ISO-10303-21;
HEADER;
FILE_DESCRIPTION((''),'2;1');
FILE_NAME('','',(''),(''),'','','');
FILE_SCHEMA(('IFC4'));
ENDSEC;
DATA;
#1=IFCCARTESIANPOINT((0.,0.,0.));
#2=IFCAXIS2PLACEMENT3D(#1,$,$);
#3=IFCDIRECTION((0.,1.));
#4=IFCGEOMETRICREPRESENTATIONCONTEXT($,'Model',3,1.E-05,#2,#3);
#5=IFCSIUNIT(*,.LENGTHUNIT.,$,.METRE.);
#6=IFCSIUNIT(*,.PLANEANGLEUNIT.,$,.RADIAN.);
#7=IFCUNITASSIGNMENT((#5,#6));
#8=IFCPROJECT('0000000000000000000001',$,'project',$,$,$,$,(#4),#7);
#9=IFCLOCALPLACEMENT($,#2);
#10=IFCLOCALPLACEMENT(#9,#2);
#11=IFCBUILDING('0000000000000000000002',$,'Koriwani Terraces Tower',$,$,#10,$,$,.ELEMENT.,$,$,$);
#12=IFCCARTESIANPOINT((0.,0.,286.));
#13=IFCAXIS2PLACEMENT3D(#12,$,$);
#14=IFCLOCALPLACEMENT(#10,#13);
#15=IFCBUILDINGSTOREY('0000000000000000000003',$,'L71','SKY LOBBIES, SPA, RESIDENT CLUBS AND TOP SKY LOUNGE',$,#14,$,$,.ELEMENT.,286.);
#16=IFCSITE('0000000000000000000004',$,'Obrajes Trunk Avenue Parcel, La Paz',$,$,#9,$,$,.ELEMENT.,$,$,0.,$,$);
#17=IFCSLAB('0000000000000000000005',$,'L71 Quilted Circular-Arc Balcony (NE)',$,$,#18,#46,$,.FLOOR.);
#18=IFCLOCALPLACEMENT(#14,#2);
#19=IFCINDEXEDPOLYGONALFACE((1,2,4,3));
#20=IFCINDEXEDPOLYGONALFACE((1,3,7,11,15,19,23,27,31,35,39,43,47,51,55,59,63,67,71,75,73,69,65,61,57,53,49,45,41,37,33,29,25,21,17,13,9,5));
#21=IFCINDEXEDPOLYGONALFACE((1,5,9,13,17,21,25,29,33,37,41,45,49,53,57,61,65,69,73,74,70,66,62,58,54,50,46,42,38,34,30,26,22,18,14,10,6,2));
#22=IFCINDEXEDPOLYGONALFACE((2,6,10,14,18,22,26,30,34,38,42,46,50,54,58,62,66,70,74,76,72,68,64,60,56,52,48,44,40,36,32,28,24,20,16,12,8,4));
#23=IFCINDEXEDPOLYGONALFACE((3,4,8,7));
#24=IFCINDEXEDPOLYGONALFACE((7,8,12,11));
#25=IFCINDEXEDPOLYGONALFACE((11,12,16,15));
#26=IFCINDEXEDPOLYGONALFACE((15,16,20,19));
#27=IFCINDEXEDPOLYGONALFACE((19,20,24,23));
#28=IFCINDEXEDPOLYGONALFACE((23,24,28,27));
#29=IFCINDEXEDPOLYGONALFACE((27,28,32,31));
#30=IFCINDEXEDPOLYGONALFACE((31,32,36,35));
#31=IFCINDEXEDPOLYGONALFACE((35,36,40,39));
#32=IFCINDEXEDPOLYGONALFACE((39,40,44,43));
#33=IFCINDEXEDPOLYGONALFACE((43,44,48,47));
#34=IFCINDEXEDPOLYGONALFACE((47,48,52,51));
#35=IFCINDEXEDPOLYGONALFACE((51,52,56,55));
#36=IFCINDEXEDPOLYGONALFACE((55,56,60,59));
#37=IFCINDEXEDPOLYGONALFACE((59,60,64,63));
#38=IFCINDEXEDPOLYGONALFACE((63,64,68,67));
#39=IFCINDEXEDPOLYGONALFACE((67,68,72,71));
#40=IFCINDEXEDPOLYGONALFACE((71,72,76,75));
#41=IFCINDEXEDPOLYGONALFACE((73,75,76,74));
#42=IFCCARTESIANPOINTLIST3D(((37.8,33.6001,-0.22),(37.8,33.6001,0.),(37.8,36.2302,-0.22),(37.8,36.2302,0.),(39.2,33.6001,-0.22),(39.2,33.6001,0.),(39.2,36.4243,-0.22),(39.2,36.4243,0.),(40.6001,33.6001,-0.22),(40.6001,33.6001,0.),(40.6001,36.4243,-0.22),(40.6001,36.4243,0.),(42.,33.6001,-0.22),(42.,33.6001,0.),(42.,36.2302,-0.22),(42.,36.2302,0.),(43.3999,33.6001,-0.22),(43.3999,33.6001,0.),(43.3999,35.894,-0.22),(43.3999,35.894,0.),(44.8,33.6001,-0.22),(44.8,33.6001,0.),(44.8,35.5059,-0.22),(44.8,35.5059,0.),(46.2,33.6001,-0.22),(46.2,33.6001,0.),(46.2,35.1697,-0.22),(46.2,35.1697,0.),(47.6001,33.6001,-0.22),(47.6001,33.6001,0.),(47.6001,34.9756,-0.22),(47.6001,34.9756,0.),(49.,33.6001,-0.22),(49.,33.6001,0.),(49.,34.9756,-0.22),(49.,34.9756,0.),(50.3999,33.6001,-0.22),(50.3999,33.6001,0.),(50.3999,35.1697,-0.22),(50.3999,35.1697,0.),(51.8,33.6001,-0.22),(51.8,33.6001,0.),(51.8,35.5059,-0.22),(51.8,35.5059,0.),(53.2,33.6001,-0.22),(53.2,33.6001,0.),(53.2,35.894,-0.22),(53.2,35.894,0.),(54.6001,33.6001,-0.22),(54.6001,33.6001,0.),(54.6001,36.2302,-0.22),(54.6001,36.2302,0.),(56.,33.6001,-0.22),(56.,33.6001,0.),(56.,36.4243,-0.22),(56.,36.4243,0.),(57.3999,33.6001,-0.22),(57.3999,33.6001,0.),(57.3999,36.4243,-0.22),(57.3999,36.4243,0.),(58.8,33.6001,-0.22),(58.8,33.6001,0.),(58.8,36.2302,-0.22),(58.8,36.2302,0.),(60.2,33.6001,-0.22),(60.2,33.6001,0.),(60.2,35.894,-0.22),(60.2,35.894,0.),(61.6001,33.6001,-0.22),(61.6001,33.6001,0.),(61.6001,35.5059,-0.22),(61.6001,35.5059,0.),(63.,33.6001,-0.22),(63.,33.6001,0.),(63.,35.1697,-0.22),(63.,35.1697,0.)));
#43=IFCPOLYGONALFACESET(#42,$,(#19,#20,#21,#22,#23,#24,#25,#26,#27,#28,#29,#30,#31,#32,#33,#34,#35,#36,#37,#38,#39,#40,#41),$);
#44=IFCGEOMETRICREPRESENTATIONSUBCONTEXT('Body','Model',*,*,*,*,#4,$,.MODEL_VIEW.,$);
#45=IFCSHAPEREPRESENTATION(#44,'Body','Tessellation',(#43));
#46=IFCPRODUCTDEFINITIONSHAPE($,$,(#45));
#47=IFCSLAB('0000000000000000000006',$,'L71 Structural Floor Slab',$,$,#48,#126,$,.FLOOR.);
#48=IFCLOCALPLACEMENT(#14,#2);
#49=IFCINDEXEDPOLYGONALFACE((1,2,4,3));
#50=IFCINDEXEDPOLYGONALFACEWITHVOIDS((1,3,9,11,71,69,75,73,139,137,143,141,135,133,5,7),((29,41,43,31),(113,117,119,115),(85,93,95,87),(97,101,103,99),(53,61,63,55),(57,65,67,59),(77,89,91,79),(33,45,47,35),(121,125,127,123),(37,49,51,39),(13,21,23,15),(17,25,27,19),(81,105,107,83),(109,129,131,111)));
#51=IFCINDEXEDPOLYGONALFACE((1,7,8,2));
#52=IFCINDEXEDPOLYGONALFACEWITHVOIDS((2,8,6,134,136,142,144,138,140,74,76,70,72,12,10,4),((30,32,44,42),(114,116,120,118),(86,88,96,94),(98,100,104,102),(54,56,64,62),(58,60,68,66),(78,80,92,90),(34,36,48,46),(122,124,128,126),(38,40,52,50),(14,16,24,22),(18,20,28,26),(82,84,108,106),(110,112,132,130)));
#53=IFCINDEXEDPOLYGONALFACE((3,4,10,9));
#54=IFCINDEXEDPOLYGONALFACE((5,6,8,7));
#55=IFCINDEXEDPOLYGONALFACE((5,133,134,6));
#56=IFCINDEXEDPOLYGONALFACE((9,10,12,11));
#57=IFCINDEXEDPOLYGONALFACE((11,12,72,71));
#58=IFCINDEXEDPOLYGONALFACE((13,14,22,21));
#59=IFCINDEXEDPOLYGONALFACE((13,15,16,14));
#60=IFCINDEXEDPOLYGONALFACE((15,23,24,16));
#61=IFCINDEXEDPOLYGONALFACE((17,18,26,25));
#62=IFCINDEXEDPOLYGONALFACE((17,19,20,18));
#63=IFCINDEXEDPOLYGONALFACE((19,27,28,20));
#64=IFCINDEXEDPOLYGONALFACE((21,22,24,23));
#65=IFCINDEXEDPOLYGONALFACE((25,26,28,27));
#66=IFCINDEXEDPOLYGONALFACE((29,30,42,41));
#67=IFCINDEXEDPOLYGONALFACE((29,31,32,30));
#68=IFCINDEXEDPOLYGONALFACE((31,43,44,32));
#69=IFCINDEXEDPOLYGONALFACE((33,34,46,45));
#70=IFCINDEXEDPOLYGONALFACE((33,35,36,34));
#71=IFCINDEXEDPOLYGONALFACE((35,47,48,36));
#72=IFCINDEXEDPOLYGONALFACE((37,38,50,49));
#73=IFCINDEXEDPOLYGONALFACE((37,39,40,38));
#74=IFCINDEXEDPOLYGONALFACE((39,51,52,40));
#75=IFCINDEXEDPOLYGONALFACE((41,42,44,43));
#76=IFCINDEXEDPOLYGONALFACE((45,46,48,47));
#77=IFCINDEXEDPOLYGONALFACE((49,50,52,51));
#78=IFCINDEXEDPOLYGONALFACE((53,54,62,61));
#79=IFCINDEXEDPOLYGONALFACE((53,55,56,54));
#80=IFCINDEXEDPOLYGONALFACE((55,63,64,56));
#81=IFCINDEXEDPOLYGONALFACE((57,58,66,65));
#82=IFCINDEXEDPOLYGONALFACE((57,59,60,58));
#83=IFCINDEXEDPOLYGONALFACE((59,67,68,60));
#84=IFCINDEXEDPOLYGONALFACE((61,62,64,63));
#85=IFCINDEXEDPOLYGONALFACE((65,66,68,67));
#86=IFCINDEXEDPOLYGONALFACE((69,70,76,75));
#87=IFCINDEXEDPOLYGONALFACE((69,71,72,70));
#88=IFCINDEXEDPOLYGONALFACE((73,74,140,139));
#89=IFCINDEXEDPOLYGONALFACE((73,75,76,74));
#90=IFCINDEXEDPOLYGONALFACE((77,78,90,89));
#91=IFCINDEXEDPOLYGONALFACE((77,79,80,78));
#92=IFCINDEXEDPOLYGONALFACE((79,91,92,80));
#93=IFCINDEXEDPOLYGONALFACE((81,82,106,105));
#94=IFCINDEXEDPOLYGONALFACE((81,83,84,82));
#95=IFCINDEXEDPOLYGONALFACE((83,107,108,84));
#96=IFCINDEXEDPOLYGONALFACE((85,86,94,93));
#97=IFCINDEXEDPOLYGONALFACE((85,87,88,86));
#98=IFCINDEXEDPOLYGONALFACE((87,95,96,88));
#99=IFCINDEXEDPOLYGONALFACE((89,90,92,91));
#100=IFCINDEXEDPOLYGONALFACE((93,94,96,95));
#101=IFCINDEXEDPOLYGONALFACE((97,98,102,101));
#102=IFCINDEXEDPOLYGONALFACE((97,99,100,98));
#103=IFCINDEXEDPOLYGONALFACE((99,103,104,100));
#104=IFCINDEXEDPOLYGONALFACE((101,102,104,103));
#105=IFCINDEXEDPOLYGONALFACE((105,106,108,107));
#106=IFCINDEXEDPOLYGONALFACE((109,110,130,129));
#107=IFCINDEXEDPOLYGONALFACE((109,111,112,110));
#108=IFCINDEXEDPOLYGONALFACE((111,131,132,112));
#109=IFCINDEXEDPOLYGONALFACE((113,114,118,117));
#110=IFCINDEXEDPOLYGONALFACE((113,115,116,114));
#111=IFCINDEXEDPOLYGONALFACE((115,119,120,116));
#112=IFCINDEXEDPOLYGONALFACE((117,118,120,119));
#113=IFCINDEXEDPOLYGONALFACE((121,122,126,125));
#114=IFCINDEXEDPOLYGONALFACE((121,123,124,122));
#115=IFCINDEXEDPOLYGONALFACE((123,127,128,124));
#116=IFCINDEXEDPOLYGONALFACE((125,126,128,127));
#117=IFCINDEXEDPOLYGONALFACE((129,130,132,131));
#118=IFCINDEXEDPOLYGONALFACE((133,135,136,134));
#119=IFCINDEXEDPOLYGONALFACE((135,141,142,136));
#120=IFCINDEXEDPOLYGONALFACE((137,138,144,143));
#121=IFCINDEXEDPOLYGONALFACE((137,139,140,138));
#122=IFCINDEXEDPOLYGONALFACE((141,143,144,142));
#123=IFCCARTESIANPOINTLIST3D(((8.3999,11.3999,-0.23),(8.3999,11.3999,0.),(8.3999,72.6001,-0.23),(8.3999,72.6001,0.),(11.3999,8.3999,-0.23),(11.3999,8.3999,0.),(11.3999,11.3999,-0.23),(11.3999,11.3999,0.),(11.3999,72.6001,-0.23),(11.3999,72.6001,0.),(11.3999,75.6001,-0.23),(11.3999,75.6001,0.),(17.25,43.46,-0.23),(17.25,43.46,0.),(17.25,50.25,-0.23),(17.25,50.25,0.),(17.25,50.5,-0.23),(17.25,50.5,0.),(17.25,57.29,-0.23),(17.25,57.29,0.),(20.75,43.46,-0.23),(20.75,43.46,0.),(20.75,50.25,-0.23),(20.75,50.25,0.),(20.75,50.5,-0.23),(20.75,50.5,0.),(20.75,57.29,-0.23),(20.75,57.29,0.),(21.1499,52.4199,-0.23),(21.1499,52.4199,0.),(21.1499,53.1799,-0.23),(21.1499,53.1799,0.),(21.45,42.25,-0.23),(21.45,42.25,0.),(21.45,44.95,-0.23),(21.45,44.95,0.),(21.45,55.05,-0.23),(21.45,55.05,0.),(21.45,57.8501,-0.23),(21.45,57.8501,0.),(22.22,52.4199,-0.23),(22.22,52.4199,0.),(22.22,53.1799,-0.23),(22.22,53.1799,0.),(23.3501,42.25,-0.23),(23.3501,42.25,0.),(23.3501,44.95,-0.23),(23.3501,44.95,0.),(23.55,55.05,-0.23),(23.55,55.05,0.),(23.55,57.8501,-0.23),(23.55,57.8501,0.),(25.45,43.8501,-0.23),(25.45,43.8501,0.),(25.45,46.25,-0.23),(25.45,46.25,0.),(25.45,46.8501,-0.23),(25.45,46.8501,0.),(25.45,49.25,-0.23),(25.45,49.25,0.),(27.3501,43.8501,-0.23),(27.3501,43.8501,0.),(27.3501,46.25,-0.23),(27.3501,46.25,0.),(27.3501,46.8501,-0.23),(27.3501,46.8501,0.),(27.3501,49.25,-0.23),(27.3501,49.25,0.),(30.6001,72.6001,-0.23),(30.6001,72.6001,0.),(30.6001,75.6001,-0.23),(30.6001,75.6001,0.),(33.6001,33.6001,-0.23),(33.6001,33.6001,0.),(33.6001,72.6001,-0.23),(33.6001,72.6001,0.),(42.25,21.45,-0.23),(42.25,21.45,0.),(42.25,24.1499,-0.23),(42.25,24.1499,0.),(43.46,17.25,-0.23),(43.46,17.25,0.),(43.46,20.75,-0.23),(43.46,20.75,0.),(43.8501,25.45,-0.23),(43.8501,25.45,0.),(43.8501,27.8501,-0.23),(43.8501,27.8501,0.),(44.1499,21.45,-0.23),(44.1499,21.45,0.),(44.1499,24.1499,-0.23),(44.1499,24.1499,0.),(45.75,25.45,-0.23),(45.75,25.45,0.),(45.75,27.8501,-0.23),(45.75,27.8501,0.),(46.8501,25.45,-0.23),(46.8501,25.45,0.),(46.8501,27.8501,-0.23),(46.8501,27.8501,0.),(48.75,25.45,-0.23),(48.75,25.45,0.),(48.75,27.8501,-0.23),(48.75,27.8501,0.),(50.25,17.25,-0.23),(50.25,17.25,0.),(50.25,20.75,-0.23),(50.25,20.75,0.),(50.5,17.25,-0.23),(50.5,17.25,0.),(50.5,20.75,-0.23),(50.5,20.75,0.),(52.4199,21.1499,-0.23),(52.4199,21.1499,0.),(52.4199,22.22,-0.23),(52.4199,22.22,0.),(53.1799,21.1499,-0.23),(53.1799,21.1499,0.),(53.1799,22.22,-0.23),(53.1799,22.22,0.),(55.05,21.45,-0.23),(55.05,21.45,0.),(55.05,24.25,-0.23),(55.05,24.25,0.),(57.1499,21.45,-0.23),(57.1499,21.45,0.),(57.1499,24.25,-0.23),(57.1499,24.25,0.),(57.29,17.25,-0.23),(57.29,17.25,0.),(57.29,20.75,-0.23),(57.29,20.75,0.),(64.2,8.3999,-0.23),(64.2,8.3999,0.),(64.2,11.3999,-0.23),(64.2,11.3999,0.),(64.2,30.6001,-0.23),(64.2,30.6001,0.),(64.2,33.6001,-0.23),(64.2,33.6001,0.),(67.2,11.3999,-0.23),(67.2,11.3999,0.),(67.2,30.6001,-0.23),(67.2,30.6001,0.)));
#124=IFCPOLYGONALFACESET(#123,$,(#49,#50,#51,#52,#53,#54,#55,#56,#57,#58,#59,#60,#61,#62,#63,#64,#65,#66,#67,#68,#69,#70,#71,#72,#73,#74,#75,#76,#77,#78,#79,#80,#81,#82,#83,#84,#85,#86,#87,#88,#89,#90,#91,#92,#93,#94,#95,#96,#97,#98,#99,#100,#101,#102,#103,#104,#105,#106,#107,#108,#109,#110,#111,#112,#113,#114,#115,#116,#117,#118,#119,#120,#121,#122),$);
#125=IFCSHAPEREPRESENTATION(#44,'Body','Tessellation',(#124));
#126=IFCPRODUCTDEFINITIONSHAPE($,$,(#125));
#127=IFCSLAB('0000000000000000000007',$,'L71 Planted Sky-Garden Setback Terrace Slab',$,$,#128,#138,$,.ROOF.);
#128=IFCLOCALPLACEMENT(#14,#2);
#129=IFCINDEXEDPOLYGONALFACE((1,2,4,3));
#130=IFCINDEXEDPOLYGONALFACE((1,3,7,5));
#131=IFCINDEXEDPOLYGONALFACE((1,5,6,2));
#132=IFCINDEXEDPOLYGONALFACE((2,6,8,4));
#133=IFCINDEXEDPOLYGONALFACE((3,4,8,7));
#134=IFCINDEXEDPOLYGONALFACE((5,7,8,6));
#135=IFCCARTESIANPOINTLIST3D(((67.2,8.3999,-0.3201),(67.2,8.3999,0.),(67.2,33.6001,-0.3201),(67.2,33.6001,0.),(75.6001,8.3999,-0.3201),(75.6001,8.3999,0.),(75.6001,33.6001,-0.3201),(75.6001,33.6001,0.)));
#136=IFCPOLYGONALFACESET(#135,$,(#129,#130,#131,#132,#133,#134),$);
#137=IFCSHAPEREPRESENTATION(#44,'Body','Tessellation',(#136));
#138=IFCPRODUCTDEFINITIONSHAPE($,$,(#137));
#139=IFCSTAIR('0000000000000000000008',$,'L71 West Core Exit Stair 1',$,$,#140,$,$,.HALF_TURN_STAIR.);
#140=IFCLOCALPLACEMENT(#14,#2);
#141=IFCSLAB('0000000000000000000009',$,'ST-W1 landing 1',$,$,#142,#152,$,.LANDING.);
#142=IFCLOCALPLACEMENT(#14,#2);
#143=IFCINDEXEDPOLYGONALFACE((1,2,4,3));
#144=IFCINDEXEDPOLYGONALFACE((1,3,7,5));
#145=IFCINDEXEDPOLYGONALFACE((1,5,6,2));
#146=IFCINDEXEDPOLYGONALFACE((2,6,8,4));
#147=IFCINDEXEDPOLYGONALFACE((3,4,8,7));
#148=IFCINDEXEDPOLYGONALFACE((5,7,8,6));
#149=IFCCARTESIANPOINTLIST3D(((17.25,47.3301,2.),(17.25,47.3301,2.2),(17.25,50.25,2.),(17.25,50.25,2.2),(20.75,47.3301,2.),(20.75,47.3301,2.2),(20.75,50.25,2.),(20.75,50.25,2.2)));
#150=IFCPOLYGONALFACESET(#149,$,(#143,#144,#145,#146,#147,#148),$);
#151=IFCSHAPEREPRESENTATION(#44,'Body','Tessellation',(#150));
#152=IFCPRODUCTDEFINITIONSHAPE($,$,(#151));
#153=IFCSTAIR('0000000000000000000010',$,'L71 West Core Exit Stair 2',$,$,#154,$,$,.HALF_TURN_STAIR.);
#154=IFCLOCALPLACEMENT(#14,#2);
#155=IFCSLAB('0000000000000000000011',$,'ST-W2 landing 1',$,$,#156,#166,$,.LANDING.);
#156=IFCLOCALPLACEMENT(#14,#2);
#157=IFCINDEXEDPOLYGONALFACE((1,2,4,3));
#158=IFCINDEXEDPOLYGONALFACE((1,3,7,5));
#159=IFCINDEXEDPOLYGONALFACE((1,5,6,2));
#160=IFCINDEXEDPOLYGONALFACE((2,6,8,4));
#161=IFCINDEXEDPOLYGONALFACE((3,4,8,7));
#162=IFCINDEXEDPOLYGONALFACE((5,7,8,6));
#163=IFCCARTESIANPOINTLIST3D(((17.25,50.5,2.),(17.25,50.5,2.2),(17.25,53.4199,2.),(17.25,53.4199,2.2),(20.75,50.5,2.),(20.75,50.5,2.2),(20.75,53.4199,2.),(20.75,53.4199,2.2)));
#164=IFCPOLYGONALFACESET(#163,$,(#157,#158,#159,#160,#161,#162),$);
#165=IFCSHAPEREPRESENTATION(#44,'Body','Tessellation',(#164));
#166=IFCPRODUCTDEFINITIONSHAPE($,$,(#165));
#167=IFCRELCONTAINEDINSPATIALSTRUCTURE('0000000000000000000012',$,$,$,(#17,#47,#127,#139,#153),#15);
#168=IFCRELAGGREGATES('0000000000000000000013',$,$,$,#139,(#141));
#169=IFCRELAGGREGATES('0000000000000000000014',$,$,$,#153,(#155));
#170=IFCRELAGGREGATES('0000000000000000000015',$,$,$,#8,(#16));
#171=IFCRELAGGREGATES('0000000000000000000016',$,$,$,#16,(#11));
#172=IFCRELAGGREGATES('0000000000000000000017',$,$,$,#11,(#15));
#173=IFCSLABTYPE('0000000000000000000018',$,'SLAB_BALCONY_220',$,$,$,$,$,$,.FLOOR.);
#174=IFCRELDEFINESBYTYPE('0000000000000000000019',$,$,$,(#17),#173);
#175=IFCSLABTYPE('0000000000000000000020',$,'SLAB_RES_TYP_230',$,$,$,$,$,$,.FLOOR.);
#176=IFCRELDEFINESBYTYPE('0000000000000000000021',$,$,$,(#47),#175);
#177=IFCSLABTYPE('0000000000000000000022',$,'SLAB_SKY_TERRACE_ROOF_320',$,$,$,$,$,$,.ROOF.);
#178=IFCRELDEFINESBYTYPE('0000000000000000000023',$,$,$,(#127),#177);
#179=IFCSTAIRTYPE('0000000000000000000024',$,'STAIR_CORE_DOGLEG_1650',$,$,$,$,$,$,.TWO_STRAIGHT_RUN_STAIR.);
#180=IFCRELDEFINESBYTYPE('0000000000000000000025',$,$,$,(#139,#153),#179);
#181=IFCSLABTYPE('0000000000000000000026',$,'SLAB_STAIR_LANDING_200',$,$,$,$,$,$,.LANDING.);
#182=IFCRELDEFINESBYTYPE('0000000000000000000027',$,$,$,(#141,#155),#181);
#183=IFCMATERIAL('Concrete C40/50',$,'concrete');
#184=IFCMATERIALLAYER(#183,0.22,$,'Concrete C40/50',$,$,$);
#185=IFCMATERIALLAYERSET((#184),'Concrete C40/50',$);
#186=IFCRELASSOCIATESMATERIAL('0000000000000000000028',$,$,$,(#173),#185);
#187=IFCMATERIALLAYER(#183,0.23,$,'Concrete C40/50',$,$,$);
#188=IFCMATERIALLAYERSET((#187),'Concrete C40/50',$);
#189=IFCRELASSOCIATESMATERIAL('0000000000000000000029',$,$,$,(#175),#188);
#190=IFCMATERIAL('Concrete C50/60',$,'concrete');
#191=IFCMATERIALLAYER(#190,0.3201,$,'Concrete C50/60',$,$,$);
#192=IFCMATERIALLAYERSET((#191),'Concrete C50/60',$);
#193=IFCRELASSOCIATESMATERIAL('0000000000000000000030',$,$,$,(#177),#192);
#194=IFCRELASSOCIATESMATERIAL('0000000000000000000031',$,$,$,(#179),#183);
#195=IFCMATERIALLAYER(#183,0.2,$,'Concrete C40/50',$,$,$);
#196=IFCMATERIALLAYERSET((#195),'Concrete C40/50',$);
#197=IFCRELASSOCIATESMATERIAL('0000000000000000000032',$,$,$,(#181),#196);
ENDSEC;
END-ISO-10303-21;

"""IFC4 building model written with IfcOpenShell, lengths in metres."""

from ifc_helpers import new_model, si_unit, direction, frame, origin, place, context, subcontext, project, spatial, polyline, outline, extrude, material, layer, layer_set, type_object, element, aggregate, save


model = new_model("IFC4")

# Units and contexts
model_context = context("Model", 3, precision=1e-05, world=origin(), true_north=direction((0.0, 1.0)))
body_context = subcontext(model_context, "Body", "Model", "MODEL_VIEW")
ifc_project = project(units=[si_unit("LENGTHUNIT", "METRE"), si_unit("PLANEANGLEUNIT", "RADIAN")], contexts=[model_context])

# Site, building, storey
site_placement = place(None, origin())
site = spatial("IfcSite", under=ifc_project, at=site_placement, Name="Obrajes Trunk Avenue Parcel, La Paz", CompositionType="ELEMENT", RefElevation=0.0)
building_placement = place(site_placement, origin())
building = spatial("IfcBuilding", under=site, at=building_placement, Name="Koriwani Terraces Tower", CompositionType="ELEMENT")
storey_placement = place(building_placement, frame((0.0, 0.0, 286.0)))
storey = spatial("IfcBuildingStorey", under=building, at=storey_placement, Name="L71", Description="SKY LOBBIES, SPA, RESIDENT CLUBS AND TOP SKY LOUNGE", CompositionType="ELEMENT", Elevation=286.0)

# Shared definitions
ifc_material_1 = material(Name="Concrete C50/60", Category="concrete")

# Shared definitions
ifc_material_2 = material(Name="Concrete C40/50", Category="concrete")

# Slabs
ifc_layer_1 = layer(ifc_material_2, 0.22, Name="Concrete C40/50")
ifc_layer_set_1 = layer_set([ifc_layer_1], Name="Concrete C40/50")
slab_type_1 = type_object("IfcSlabType", Name="SLAB_BALCONY_220", PredefinedType="FLOOR", material=ifc_layer_set_1)
slab_1_placement = place(storey_placement, frame((0.0, 0.0, -0.22)))
element("IfcSlab", 1, at=slab_1_placement, inside=storey, type_object=slab_type_1, Name="L71 Quilted Circular-Arc Balcony (NE)", PredefinedType="FLOOR", context=body_context, shape_type="SweptSolid", body=[
    extrude(outline(polyline([(63.0, 33.6001), (61.6001, 33.6001), (60.2, 33.6001), (58.8, 33.6001), (57.3999, 33.6001), (56.0, 33.6001), (54.6001, 33.6001), (53.2, 33.6001), (51.8, 33.6001), (50.3999, 33.6001), (49.0, 33.6001), (47.6001, 33.6001), (46.2, 33.6001), (44.8, 33.6001), (43.3999, 33.6001), (42.0, 33.6001), (40.6001, 33.6001), (39.2, 33.6001), (37.8, 33.6001), (37.8, 36.2302), (39.2, 36.4243), (40.6001, 36.4243), (42.0, 36.2302), (43.3999, 35.894), (44.8, 35.5059), (46.2, 35.1697), (47.6001, 34.9756), (49.0, 34.9756), (50.3999, 35.1697), (51.8, 35.5059), (53.2, 35.894), (54.6001, 36.2302), (56.0, 36.4243), (57.3999, 36.4243), (58.8, 36.2302), (60.2, 35.894), (61.6001, 35.5059), (63.0, 35.1697), (63.0, 33.6001)])), origin(), (0.0, 0.0, 1.0), 0.22),
])
ifc_layer_2 = layer(ifc_material_2, 0.23, Name="Concrete C40/50")
ifc_layer_set_2 = layer_set([ifc_layer_2], Name="Concrete C40/50")
slab_type_2 = type_object("IfcSlabType", Name="SLAB_RES_TYP_230", PredefinedType="FLOOR", material=ifc_layer_set_2)
slab_2_placement = place(storey_placement, frame((0.0, 0.0, -0.23)))
element("IfcSlab", 2, at=slab_2_placement, inside=storey, type_object=slab_type_2, Name="L71 Structural Floor Slab", PredefinedType="FLOOR", context=body_context, shape_type="SweptSolid", body=[
    extrude(outline(polyline([(11.3999, 8.3999), (64.2, 8.3999), (64.2, 11.3999), (67.2, 11.3999), (67.2, 30.6001), (64.2, 30.6001), (64.2, 33.6001), (33.6001, 33.6001), (33.6001, 72.6001), (30.6001, 72.6001), (30.6001, 75.6001), (11.3999, 75.6001), (11.3999, 72.6001), (8.3999, 72.6001), (8.3999, 11.3999), (11.3999, 11.3999), (11.3999, 8.3999)]), holes=[polyline([(17.25, 43.46), (20.75, 43.46), (20.75, 50.25), (17.25, 50.25), (17.25, 43.46)]), polyline([(17.25, 50.5), (20.75, 50.5), (20.75, 57.29), (17.25, 57.29), (17.25, 50.5)]), polyline([(43.46, 17.25), (50.25, 17.25), (50.25, 20.75), (43.46, 20.75), (43.46, 17.25)]), polyline([(50.5, 17.25), (57.29, 17.25), (57.29, 20.75), (50.5, 20.75), (50.5, 17.25)]), polyline([(25.45, 43.8501), (27.3501, 43.8501), (27.3501, 46.25), (25.45, 46.25), (25.45, 43.8501)]), polyline([(25.45, 46.8501), (27.3501, 46.8501), (27.3501, 49.25), (25.45, 49.25), (25.45, 46.8501)]), polyline([(43.8501, 25.45), (45.75, 25.45), (45.75, 27.8501), (43.8501, 27.8501), (43.8501, 25.45)]), polyline([(46.8501, 25.45), (48.75, 25.45), (48.75, 27.8501), (46.8501, 27.8501), (46.8501, 25.45)]), polyline([(21.45, 55.05), (23.55, 55.05), (23.55, 57.8501), (21.45, 57.8501), (21.45, 55.05)]), polyline([(55.05, 21.45), (57.1499, 21.45), (57.1499, 24.25), (55.05, 24.25), (55.05, 21.45)]), polyline([(21.45, 42.25), (23.3501, 42.25), (23.3501, 44.95), (21.45, 44.95), (21.45, 42.25)]), polyline([(42.25, 21.45), (44.1499, 21.45), (44.1499, 24.1499), (42.25, 24.1499), (42.25, 21.45)]), polyline([(21.1499, 52.4199), (22.22, 52.4199), (22.22, 53.1799), (21.1499, 53.1799), (21.1499, 52.4199)]), polyline([(52.4199, 21.1499), (53.1799, 21.1499), (53.1799, 22.22), (52.4199, 22.22), (52.4199, 21.1499)])]), origin(), (0.0, 0.0, 1.0), 0.23),
])
ifc_layer_3 = layer(ifc_material_1, 0.3201, Name="Concrete C50/60")
ifc_layer_set_3 = layer_set([ifc_layer_3], Name="Concrete C50/60")
slab_type_3 = type_object("IfcSlabType", Name="SLAB_SKY_TERRACE_ROOF_320", PredefinedType="ROOF", material=ifc_layer_set_3)
slab_3_placement = place(storey_placement, frame((0.0, 0.0, -0.3201)))
element("IfcSlab", 3, at=slab_3_placement, inside=storey, type_object=slab_type_3, Name="L71 Planted Sky-Garden Setback Terrace Slab", PredefinedType="ROOF", context=body_context, shape_type="SweptSolid", body=[
    extrude(outline(polyline([(67.2, 8.3999), (75.6001, 8.3999), (75.6001, 33.6001), (67.2, 33.6001), (67.2, 8.3999)])), origin(), (0.0, 0.0, 1.0), 0.3201),
])

# Stairs, slabs
stair_type = type_object("IfcStairType", Name="STAIR_CORE_DOGLEG_1650", PredefinedType="TWO_STRAIGHT_RUN_STAIR", material=ifc_material_2)
stair_1_placement = place(storey_placement, origin())
stair_1 = element("IfcStair", 4, at=stair_1_placement, inside=storey, type_object=stair_type, Name="L71 West Core Exit Stair 1", PredefinedType="HALF_TURN_STAIR")
ifc_layer_4 = layer(ifc_material_2, 0.2, Name="Concrete C40/50")
ifc_layer_set_4 = layer_set([ifc_layer_4], Name="Concrete C40/50")
slab_type_4 = type_object("IfcSlabType", Name="SLAB_STAIR_LANDING_200", PredefinedType="LANDING", material=ifc_layer_set_4)
slab_4_placement = place(storey_placement, frame((0.0, 0.0, 2.0)))
slab_4 = element("IfcSlab", 5, at=slab_4_placement, type_object=slab_type_4, Name="ST-W1 landing 1", PredefinedType="LANDING", context=body_context, shape_type="SweptSolid", body=[
    extrude(outline(polyline([(20.75, 47.3301), (20.75, 50.25), (17.25, 50.25), (17.25, 47.3301), (20.75, 47.3301)])), origin(), (0.0, 0.0, 1.0), 0.2),
])
aggregate(stair_1, [slab_4])
stair_2_placement = place(storey_placement, origin())
stair_2 = element("IfcStair", 6, at=stair_2_placement, inside=storey, type_object=stair_type, Name="L71 West Core Exit Stair 2", PredefinedType="HALF_TURN_STAIR")
slab_5_placement = place(storey_placement, frame((0.0, 0.0, 2.0)))
slab_5 = element("IfcSlab", 7, at=slab_5_placement, type_object=slab_type_4, Name="ST-W2 landing 1", PredefinedType="LANDING", context=body_context, shape_type="SweptSolid", body=[
    extrude(outline(polyline([(17.25, 53.4199), (17.25, 50.5), (20.75, 50.5), (20.75, 53.4199), (17.25, 53.4199)])), origin(), (0.0, 0.0, 1.0), 0.2),
])
aggregate(stair_2, [slab_5])

save(model, "model.ifc")
